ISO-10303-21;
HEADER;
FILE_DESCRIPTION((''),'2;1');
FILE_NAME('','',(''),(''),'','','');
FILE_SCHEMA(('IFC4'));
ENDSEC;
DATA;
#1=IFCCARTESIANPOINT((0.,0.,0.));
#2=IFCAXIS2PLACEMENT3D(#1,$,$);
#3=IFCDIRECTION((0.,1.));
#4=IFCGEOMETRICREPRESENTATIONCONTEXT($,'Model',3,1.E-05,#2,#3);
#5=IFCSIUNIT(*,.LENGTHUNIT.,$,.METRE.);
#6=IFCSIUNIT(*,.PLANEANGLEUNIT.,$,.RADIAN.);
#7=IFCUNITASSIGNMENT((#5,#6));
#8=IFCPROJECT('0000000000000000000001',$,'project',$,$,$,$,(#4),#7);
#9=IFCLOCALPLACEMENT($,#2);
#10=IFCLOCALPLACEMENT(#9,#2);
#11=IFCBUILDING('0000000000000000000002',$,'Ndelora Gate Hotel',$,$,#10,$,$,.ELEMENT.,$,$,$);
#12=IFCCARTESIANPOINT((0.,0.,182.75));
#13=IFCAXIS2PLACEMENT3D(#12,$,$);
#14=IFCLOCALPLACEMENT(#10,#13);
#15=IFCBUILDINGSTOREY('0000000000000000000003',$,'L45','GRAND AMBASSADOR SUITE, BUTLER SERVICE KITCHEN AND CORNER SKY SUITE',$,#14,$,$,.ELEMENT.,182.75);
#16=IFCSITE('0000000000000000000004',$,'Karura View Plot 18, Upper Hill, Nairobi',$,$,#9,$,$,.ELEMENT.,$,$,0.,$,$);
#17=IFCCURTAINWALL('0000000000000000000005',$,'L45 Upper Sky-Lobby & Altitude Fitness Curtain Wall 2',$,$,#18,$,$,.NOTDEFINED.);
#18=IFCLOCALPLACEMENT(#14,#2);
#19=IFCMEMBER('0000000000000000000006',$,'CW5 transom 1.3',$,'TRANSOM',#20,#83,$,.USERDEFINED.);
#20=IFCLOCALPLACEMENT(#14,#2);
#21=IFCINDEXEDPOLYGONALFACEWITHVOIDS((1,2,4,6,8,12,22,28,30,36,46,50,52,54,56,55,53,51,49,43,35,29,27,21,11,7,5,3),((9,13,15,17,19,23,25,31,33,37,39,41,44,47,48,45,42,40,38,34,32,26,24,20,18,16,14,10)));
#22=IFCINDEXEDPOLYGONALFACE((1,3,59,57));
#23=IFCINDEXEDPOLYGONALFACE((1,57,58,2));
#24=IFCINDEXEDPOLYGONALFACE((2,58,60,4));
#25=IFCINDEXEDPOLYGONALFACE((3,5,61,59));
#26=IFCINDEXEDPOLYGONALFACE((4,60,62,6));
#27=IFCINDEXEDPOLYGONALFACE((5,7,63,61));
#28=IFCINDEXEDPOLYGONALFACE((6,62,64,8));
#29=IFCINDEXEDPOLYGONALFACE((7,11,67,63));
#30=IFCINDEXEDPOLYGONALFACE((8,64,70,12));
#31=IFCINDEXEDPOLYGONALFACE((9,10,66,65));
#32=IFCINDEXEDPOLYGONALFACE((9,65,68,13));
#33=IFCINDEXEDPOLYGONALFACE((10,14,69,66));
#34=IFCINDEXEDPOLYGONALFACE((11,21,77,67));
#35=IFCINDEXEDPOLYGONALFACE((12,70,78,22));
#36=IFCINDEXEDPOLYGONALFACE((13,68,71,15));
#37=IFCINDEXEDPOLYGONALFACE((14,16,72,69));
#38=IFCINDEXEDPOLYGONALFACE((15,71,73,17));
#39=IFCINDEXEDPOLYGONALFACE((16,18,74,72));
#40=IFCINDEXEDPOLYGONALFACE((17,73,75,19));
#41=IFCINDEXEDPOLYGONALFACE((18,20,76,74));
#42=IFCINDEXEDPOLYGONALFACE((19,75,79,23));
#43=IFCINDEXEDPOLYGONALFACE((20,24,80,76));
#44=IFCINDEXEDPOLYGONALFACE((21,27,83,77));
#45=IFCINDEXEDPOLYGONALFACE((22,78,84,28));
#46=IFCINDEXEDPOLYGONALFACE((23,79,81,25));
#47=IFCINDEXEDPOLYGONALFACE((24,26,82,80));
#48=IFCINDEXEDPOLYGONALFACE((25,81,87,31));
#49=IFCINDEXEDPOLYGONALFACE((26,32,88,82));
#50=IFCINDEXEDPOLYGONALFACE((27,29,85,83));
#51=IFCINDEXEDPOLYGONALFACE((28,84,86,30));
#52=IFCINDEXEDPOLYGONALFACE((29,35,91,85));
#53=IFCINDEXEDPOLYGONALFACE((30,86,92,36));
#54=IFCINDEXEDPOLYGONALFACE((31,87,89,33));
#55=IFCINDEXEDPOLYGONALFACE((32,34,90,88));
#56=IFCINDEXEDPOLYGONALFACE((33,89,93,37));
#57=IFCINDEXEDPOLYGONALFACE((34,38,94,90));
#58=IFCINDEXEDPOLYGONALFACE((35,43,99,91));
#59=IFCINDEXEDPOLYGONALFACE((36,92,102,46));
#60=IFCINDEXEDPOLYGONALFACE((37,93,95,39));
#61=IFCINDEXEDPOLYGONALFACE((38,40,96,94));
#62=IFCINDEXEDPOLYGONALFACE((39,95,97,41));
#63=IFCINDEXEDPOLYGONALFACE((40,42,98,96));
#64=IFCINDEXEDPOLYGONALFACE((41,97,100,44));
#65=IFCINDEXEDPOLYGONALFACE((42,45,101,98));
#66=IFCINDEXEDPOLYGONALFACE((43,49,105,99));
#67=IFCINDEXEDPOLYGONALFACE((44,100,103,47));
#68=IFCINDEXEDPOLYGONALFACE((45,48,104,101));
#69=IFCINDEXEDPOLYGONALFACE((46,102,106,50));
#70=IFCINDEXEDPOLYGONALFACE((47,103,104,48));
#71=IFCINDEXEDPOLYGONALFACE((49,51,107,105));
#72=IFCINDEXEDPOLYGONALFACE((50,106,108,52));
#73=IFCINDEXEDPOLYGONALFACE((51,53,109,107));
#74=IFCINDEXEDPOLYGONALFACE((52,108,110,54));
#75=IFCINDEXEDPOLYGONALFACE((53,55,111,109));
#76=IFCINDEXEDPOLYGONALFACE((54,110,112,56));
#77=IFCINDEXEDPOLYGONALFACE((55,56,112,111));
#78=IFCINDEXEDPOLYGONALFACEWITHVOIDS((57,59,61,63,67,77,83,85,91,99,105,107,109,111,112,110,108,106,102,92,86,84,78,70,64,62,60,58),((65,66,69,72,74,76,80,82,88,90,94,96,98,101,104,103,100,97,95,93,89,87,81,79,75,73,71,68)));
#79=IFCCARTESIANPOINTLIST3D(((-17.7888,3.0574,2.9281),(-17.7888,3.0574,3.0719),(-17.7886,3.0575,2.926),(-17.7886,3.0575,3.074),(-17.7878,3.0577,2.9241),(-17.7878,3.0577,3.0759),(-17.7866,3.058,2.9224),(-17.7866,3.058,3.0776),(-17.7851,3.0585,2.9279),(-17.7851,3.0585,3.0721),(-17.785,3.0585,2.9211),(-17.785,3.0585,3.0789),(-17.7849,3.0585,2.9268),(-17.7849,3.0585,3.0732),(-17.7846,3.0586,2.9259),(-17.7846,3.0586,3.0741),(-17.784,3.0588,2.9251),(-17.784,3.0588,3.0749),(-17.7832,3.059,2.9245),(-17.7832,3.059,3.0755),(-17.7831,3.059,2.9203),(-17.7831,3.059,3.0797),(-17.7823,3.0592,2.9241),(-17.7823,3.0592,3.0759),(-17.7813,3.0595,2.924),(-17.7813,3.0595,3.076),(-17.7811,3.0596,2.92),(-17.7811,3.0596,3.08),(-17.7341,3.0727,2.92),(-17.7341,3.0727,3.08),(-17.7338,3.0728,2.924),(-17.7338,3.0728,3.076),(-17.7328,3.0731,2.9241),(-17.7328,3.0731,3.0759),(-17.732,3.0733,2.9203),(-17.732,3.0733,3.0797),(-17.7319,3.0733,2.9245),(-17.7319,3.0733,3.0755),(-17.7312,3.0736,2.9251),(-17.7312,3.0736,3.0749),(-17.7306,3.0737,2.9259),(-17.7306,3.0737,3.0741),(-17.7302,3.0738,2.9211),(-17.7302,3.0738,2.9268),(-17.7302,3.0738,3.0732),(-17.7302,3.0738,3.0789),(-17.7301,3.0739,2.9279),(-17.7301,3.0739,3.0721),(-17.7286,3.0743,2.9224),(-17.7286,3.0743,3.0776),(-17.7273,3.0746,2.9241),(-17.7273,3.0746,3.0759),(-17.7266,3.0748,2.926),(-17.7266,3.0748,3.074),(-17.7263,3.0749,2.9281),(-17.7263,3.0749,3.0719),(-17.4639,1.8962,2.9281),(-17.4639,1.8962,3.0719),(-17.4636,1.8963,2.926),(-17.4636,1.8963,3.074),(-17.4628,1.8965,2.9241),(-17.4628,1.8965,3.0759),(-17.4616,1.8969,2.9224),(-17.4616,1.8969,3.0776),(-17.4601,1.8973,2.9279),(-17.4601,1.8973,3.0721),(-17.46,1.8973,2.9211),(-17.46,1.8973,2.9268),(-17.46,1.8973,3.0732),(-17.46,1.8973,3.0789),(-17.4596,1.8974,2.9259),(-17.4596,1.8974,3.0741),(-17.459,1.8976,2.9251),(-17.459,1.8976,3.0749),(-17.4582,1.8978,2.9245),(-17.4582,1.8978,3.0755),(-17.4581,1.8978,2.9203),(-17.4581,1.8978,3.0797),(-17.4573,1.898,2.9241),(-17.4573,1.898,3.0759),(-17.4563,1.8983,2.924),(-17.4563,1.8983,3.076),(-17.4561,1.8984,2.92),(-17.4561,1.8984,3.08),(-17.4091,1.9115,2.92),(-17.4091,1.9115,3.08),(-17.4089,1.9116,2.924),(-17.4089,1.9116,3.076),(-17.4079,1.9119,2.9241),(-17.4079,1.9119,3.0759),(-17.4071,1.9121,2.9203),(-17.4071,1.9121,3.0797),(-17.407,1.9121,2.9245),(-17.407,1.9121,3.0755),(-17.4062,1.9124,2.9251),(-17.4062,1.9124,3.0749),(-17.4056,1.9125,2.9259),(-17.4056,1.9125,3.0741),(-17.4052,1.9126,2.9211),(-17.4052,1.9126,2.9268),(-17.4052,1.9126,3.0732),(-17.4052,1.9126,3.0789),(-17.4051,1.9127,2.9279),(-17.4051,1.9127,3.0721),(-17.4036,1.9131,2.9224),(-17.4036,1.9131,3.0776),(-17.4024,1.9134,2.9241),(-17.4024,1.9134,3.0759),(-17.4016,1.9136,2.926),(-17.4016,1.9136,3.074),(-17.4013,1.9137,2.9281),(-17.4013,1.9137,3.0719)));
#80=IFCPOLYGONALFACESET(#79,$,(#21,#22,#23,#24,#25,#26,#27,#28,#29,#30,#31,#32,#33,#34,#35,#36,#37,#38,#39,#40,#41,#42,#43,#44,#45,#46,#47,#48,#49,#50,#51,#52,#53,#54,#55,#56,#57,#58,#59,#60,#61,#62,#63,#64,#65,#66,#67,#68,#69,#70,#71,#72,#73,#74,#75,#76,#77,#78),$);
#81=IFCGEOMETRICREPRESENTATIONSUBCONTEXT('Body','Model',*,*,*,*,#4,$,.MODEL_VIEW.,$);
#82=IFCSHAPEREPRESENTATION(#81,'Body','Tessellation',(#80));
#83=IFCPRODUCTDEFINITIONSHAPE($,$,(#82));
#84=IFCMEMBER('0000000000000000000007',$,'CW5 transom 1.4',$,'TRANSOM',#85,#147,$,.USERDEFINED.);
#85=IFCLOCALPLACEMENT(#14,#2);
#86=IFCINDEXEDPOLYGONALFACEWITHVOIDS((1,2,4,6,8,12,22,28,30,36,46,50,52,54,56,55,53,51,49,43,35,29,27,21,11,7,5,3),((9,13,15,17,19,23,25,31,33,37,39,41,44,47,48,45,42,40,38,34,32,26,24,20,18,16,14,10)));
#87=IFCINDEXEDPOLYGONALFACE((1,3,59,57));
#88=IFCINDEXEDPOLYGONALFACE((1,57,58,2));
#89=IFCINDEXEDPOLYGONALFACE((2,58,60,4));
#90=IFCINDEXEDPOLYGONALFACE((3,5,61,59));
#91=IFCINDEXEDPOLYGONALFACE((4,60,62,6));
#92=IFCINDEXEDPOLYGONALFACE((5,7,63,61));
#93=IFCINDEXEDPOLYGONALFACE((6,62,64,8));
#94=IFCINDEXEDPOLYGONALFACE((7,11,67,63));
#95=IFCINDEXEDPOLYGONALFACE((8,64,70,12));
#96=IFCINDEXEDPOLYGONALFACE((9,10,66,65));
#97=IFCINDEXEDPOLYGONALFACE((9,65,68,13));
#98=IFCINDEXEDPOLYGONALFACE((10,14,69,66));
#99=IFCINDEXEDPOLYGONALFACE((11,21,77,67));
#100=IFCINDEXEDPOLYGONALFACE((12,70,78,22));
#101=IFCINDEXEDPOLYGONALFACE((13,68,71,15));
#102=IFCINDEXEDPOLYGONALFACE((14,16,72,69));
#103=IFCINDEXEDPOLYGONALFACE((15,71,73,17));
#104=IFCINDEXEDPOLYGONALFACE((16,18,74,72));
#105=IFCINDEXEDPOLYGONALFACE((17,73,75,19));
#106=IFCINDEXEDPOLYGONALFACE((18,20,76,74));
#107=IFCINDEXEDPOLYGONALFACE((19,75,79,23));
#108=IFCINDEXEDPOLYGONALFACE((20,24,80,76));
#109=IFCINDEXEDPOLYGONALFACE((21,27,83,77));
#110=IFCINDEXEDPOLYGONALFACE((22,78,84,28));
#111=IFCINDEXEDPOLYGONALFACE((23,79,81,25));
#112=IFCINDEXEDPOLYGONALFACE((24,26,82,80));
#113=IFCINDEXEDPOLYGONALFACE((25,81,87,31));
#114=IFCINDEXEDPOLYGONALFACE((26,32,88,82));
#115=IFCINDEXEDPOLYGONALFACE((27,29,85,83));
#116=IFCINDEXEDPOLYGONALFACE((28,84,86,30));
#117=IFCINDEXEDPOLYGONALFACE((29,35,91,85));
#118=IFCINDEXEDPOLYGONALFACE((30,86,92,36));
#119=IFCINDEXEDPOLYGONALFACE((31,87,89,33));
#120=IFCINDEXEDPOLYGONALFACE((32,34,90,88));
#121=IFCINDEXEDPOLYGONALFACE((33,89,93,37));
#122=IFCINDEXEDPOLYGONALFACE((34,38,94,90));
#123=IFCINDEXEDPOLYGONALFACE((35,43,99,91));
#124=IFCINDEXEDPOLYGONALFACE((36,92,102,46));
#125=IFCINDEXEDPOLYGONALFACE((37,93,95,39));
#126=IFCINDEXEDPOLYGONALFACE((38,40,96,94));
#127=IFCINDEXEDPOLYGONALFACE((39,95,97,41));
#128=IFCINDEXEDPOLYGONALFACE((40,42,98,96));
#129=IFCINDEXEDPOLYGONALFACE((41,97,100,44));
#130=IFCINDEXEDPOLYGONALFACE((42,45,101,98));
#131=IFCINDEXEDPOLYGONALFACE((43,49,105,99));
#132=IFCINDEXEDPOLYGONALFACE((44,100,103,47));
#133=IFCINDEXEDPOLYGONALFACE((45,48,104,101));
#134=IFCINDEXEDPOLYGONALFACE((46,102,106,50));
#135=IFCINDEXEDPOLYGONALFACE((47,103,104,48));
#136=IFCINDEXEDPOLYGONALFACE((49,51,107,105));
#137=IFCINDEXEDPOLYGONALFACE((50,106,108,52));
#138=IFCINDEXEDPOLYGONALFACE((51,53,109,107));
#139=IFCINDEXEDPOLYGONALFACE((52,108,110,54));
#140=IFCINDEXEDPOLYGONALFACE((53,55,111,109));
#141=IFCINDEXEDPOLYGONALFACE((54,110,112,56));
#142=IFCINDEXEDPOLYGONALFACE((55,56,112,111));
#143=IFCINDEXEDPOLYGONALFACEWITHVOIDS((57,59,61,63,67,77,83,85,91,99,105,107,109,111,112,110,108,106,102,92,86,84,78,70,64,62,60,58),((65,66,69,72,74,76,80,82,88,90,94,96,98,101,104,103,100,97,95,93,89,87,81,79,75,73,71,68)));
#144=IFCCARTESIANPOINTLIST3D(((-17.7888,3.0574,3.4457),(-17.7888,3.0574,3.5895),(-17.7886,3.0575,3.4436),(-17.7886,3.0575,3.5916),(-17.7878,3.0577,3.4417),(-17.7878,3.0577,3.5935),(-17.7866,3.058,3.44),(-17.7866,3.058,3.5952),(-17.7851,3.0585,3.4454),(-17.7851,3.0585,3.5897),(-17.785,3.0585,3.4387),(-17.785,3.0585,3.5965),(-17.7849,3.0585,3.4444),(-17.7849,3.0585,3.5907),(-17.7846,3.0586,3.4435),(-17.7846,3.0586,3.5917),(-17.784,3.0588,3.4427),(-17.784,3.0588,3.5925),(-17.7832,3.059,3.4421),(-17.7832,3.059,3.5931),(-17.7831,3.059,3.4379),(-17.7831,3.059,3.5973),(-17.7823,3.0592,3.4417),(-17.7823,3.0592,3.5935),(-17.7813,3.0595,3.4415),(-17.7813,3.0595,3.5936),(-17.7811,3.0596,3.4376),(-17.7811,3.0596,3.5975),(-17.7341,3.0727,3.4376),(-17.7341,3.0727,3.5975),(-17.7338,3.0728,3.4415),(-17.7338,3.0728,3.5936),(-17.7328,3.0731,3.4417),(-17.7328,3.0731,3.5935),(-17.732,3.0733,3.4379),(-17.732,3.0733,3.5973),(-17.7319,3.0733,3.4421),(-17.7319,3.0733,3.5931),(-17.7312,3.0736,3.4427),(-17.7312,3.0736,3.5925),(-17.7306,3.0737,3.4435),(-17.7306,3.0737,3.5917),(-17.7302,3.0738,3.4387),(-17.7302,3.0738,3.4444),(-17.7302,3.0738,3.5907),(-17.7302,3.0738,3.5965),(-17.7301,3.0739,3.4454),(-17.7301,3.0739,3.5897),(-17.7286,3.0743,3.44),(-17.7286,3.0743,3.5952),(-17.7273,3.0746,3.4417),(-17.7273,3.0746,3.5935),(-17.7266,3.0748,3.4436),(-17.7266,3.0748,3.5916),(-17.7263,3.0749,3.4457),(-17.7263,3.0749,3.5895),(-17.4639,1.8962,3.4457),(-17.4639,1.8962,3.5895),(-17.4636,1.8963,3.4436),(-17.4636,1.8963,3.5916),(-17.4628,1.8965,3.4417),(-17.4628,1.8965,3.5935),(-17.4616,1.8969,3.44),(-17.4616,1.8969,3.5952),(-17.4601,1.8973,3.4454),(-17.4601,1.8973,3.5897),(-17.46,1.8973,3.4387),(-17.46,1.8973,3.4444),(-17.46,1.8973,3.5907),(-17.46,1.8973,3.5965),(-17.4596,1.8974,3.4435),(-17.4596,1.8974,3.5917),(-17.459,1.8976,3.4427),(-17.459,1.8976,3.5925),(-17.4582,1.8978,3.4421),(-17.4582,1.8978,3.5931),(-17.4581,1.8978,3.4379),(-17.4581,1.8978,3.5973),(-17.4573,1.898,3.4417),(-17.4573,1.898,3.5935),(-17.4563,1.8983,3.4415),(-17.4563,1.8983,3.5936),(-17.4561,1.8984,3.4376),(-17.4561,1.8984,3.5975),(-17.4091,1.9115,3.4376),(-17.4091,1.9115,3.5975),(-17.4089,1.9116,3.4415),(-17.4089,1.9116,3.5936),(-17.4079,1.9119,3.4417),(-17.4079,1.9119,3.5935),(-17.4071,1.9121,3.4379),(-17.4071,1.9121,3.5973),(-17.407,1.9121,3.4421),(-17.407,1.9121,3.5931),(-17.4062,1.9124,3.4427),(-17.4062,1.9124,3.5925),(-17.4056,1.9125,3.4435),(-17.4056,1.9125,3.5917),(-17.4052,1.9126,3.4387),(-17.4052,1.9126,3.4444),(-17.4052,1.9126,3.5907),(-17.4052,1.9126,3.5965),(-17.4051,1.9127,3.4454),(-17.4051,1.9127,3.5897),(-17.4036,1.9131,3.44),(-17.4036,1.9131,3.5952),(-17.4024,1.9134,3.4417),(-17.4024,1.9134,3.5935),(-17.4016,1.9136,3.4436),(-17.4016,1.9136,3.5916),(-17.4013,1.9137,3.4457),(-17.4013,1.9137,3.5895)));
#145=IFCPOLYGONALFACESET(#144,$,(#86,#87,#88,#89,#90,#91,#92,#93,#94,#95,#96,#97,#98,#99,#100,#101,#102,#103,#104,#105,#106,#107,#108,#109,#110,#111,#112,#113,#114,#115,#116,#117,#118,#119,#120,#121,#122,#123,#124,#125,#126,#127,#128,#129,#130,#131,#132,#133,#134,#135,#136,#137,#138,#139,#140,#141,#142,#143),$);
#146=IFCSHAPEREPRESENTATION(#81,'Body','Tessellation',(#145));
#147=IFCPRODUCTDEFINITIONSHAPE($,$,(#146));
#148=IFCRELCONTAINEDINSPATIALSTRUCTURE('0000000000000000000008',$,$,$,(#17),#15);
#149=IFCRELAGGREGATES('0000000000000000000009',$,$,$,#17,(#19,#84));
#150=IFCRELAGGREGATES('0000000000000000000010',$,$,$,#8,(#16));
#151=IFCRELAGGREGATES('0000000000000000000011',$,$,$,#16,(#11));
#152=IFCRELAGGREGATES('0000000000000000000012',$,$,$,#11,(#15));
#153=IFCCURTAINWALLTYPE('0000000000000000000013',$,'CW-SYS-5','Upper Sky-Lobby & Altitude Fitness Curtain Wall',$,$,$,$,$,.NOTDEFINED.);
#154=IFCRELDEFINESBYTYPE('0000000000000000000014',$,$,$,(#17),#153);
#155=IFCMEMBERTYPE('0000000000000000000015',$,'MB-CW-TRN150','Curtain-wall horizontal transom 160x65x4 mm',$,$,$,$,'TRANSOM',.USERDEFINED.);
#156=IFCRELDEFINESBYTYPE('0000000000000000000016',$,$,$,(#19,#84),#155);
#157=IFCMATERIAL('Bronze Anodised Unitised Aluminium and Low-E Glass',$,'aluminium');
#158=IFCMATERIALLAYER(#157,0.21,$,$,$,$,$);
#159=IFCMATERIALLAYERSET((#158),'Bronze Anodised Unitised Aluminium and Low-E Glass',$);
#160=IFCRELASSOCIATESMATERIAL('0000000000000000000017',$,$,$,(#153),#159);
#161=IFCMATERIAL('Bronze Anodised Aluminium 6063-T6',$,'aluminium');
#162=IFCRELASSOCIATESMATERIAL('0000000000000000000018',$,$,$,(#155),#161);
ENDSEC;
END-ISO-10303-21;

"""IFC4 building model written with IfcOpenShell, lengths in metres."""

from ifc_helpers import new_model, si_unit, direction, frame, origin, origin_2d, place, context, subcontext, project, spatial, hollow_rectangle, extrude, material, layer, layer_set, material_profile, profile_set, type_object, element, aggregate, save


model = new_model("IFC4")

# Units and contexts
model_context = context("Model", 3, precision=1e-05, world=origin(), true_north=direction((0.0, 1.0)))
body_context = subcontext(model_context, "Body", "Model", "MODEL_VIEW")
ifc_project = project(units=[si_unit("LENGTHUNIT", "METRE"), si_unit("PLANEANGLEUNIT", "RADIAN")], contexts=[model_context])

# Site, building, storey
site_placement = place(None, origin())
site = spatial("IfcSite", under=ifc_project, at=site_placement, Name="Karura View Plot 18, Upper Hill, Nairobi", CompositionType="ELEMENT", RefElevation=0.0)
building_placement = place(site_placement, origin())
building = spatial("IfcBuilding", under=site, at=building_placement, Name="Ndelora Gate Hotel", CompositionType="ELEMENT")
storey_placement = place(building_placement, frame((0.0, 0.0, 182.75)))
storey = spatial("IfcBuildingStorey", under=building, at=storey_placement, Name="L45", Description="GRAND AMBASSADOR SUITE, BUTLER SERVICE KITCHEN AND CORNER SKY SUITE", CompositionType="ELEMENT", Elevation=182.75)

# Curtain wall
ifc_material_1 = material(Name="Bronze Anodised Unitised Aluminium and Low-E Glass", Category="aluminium")
ifc_layer_1 = layer(ifc_material_1, 0.21)
ifc_layer_set_1 = layer_set([ifc_layer_1], Name="Bronze Anodised Unitised Aluminium and Low-E Glass")
curtain_wall_type = type_object("IfcCurtainWallType", Name="CW-SYS-5", Description="Upper Sky-Lobby & Altitude Fitness Curtain Wall", PredefinedType="NOTDEFINED", material=ifc_layer_set_1)
ifc_material_2 = material(Name="Bronze Anodised Aluminium 6063-T6", Category="aluminium")
curtain_wall_1_placement = place(storey_placement, origin())
curtain_wall_1 = element("IfcCurtainWall", 1, at=curtain_wall_1_placement, inside=storey, type_object=curtain_wall_type, Name="L45 Upper Sky-Lobby & Altitude Fitness Curtain Wall 2", PredefinedType="NOTDEFINED")

# Members
ifc_material_profile_1 = material_profile(ifc_material_2, hollow_rectangle(XDim=0.0649, YDim=0.1599, WallThickness=0.0039, InnerFilletRadius=0.0039, OuterFilletRadius=0.0081, at=origin_2d()), Name="ALU 160x65x4")
ifc_profile_set_1 = profile_set([ifc_material_profile_1], Name="Bronze Anodised Aluminium 6063-T6")
member_type_1 = type_object("IfcMemberType", Name="MB-CW-TRN150", Description="Curtain-wall horizontal transom 160x65x4 mm", ElementType="TRANSOM", PredefinedType="USERDEFINED", material=ifc_profile_set_1)
member_1_placement = place(storey_placement, frame((-17.7576, 3.0662, 3.0), z_axis=(0.269502, -0.963, 0.0), x_axis=(0.963, 0.269502, 0.0)))
member_1 = element("IfcMember", 2, at=member_1_placement, type_object=member_type_1, Name="CW5 transom 1.3", ObjectType="TRANSOM", PredefinedType="USERDEFINED", context=body_context, shape_type="SweptSolid", body=[
    extrude(hollow_rectangle(XDim=0.0649, YDim=0.1599, WallThickness=0.0039, InnerFilletRadius=0.0039, OuterFilletRadius=0.0081, at=origin_2d()), origin(), (0.0, 0.0, 1.0), 1.2058),
])
member_2_placement = place(storey_placement, frame((-17.7576, 3.0662, 3.5176), z_axis=(0.269502, -0.963, 0.0), x_axis=(0.963, 0.269502, 0.0)))
member_2 = element("IfcMember", 3, at=member_2_placement, type_object=member_type_1, Name="CW5 transom 1.4", ObjectType="TRANSOM", PredefinedType="USERDEFINED", context=body_context, shape_type="SweptSolid", body=[
    extrude(hollow_rectangle(XDim=0.0649, YDim=0.1599, WallThickness=0.0039, InnerFilletRadius=0.0039, OuterFilletRadius=0.0081, at=origin_2d()), origin(), (0.0, 0.0, 1.0), 1.2058),
])

aggregate(curtain_wall_1, [member_1, member_2])

save(model, "model.ifc")
